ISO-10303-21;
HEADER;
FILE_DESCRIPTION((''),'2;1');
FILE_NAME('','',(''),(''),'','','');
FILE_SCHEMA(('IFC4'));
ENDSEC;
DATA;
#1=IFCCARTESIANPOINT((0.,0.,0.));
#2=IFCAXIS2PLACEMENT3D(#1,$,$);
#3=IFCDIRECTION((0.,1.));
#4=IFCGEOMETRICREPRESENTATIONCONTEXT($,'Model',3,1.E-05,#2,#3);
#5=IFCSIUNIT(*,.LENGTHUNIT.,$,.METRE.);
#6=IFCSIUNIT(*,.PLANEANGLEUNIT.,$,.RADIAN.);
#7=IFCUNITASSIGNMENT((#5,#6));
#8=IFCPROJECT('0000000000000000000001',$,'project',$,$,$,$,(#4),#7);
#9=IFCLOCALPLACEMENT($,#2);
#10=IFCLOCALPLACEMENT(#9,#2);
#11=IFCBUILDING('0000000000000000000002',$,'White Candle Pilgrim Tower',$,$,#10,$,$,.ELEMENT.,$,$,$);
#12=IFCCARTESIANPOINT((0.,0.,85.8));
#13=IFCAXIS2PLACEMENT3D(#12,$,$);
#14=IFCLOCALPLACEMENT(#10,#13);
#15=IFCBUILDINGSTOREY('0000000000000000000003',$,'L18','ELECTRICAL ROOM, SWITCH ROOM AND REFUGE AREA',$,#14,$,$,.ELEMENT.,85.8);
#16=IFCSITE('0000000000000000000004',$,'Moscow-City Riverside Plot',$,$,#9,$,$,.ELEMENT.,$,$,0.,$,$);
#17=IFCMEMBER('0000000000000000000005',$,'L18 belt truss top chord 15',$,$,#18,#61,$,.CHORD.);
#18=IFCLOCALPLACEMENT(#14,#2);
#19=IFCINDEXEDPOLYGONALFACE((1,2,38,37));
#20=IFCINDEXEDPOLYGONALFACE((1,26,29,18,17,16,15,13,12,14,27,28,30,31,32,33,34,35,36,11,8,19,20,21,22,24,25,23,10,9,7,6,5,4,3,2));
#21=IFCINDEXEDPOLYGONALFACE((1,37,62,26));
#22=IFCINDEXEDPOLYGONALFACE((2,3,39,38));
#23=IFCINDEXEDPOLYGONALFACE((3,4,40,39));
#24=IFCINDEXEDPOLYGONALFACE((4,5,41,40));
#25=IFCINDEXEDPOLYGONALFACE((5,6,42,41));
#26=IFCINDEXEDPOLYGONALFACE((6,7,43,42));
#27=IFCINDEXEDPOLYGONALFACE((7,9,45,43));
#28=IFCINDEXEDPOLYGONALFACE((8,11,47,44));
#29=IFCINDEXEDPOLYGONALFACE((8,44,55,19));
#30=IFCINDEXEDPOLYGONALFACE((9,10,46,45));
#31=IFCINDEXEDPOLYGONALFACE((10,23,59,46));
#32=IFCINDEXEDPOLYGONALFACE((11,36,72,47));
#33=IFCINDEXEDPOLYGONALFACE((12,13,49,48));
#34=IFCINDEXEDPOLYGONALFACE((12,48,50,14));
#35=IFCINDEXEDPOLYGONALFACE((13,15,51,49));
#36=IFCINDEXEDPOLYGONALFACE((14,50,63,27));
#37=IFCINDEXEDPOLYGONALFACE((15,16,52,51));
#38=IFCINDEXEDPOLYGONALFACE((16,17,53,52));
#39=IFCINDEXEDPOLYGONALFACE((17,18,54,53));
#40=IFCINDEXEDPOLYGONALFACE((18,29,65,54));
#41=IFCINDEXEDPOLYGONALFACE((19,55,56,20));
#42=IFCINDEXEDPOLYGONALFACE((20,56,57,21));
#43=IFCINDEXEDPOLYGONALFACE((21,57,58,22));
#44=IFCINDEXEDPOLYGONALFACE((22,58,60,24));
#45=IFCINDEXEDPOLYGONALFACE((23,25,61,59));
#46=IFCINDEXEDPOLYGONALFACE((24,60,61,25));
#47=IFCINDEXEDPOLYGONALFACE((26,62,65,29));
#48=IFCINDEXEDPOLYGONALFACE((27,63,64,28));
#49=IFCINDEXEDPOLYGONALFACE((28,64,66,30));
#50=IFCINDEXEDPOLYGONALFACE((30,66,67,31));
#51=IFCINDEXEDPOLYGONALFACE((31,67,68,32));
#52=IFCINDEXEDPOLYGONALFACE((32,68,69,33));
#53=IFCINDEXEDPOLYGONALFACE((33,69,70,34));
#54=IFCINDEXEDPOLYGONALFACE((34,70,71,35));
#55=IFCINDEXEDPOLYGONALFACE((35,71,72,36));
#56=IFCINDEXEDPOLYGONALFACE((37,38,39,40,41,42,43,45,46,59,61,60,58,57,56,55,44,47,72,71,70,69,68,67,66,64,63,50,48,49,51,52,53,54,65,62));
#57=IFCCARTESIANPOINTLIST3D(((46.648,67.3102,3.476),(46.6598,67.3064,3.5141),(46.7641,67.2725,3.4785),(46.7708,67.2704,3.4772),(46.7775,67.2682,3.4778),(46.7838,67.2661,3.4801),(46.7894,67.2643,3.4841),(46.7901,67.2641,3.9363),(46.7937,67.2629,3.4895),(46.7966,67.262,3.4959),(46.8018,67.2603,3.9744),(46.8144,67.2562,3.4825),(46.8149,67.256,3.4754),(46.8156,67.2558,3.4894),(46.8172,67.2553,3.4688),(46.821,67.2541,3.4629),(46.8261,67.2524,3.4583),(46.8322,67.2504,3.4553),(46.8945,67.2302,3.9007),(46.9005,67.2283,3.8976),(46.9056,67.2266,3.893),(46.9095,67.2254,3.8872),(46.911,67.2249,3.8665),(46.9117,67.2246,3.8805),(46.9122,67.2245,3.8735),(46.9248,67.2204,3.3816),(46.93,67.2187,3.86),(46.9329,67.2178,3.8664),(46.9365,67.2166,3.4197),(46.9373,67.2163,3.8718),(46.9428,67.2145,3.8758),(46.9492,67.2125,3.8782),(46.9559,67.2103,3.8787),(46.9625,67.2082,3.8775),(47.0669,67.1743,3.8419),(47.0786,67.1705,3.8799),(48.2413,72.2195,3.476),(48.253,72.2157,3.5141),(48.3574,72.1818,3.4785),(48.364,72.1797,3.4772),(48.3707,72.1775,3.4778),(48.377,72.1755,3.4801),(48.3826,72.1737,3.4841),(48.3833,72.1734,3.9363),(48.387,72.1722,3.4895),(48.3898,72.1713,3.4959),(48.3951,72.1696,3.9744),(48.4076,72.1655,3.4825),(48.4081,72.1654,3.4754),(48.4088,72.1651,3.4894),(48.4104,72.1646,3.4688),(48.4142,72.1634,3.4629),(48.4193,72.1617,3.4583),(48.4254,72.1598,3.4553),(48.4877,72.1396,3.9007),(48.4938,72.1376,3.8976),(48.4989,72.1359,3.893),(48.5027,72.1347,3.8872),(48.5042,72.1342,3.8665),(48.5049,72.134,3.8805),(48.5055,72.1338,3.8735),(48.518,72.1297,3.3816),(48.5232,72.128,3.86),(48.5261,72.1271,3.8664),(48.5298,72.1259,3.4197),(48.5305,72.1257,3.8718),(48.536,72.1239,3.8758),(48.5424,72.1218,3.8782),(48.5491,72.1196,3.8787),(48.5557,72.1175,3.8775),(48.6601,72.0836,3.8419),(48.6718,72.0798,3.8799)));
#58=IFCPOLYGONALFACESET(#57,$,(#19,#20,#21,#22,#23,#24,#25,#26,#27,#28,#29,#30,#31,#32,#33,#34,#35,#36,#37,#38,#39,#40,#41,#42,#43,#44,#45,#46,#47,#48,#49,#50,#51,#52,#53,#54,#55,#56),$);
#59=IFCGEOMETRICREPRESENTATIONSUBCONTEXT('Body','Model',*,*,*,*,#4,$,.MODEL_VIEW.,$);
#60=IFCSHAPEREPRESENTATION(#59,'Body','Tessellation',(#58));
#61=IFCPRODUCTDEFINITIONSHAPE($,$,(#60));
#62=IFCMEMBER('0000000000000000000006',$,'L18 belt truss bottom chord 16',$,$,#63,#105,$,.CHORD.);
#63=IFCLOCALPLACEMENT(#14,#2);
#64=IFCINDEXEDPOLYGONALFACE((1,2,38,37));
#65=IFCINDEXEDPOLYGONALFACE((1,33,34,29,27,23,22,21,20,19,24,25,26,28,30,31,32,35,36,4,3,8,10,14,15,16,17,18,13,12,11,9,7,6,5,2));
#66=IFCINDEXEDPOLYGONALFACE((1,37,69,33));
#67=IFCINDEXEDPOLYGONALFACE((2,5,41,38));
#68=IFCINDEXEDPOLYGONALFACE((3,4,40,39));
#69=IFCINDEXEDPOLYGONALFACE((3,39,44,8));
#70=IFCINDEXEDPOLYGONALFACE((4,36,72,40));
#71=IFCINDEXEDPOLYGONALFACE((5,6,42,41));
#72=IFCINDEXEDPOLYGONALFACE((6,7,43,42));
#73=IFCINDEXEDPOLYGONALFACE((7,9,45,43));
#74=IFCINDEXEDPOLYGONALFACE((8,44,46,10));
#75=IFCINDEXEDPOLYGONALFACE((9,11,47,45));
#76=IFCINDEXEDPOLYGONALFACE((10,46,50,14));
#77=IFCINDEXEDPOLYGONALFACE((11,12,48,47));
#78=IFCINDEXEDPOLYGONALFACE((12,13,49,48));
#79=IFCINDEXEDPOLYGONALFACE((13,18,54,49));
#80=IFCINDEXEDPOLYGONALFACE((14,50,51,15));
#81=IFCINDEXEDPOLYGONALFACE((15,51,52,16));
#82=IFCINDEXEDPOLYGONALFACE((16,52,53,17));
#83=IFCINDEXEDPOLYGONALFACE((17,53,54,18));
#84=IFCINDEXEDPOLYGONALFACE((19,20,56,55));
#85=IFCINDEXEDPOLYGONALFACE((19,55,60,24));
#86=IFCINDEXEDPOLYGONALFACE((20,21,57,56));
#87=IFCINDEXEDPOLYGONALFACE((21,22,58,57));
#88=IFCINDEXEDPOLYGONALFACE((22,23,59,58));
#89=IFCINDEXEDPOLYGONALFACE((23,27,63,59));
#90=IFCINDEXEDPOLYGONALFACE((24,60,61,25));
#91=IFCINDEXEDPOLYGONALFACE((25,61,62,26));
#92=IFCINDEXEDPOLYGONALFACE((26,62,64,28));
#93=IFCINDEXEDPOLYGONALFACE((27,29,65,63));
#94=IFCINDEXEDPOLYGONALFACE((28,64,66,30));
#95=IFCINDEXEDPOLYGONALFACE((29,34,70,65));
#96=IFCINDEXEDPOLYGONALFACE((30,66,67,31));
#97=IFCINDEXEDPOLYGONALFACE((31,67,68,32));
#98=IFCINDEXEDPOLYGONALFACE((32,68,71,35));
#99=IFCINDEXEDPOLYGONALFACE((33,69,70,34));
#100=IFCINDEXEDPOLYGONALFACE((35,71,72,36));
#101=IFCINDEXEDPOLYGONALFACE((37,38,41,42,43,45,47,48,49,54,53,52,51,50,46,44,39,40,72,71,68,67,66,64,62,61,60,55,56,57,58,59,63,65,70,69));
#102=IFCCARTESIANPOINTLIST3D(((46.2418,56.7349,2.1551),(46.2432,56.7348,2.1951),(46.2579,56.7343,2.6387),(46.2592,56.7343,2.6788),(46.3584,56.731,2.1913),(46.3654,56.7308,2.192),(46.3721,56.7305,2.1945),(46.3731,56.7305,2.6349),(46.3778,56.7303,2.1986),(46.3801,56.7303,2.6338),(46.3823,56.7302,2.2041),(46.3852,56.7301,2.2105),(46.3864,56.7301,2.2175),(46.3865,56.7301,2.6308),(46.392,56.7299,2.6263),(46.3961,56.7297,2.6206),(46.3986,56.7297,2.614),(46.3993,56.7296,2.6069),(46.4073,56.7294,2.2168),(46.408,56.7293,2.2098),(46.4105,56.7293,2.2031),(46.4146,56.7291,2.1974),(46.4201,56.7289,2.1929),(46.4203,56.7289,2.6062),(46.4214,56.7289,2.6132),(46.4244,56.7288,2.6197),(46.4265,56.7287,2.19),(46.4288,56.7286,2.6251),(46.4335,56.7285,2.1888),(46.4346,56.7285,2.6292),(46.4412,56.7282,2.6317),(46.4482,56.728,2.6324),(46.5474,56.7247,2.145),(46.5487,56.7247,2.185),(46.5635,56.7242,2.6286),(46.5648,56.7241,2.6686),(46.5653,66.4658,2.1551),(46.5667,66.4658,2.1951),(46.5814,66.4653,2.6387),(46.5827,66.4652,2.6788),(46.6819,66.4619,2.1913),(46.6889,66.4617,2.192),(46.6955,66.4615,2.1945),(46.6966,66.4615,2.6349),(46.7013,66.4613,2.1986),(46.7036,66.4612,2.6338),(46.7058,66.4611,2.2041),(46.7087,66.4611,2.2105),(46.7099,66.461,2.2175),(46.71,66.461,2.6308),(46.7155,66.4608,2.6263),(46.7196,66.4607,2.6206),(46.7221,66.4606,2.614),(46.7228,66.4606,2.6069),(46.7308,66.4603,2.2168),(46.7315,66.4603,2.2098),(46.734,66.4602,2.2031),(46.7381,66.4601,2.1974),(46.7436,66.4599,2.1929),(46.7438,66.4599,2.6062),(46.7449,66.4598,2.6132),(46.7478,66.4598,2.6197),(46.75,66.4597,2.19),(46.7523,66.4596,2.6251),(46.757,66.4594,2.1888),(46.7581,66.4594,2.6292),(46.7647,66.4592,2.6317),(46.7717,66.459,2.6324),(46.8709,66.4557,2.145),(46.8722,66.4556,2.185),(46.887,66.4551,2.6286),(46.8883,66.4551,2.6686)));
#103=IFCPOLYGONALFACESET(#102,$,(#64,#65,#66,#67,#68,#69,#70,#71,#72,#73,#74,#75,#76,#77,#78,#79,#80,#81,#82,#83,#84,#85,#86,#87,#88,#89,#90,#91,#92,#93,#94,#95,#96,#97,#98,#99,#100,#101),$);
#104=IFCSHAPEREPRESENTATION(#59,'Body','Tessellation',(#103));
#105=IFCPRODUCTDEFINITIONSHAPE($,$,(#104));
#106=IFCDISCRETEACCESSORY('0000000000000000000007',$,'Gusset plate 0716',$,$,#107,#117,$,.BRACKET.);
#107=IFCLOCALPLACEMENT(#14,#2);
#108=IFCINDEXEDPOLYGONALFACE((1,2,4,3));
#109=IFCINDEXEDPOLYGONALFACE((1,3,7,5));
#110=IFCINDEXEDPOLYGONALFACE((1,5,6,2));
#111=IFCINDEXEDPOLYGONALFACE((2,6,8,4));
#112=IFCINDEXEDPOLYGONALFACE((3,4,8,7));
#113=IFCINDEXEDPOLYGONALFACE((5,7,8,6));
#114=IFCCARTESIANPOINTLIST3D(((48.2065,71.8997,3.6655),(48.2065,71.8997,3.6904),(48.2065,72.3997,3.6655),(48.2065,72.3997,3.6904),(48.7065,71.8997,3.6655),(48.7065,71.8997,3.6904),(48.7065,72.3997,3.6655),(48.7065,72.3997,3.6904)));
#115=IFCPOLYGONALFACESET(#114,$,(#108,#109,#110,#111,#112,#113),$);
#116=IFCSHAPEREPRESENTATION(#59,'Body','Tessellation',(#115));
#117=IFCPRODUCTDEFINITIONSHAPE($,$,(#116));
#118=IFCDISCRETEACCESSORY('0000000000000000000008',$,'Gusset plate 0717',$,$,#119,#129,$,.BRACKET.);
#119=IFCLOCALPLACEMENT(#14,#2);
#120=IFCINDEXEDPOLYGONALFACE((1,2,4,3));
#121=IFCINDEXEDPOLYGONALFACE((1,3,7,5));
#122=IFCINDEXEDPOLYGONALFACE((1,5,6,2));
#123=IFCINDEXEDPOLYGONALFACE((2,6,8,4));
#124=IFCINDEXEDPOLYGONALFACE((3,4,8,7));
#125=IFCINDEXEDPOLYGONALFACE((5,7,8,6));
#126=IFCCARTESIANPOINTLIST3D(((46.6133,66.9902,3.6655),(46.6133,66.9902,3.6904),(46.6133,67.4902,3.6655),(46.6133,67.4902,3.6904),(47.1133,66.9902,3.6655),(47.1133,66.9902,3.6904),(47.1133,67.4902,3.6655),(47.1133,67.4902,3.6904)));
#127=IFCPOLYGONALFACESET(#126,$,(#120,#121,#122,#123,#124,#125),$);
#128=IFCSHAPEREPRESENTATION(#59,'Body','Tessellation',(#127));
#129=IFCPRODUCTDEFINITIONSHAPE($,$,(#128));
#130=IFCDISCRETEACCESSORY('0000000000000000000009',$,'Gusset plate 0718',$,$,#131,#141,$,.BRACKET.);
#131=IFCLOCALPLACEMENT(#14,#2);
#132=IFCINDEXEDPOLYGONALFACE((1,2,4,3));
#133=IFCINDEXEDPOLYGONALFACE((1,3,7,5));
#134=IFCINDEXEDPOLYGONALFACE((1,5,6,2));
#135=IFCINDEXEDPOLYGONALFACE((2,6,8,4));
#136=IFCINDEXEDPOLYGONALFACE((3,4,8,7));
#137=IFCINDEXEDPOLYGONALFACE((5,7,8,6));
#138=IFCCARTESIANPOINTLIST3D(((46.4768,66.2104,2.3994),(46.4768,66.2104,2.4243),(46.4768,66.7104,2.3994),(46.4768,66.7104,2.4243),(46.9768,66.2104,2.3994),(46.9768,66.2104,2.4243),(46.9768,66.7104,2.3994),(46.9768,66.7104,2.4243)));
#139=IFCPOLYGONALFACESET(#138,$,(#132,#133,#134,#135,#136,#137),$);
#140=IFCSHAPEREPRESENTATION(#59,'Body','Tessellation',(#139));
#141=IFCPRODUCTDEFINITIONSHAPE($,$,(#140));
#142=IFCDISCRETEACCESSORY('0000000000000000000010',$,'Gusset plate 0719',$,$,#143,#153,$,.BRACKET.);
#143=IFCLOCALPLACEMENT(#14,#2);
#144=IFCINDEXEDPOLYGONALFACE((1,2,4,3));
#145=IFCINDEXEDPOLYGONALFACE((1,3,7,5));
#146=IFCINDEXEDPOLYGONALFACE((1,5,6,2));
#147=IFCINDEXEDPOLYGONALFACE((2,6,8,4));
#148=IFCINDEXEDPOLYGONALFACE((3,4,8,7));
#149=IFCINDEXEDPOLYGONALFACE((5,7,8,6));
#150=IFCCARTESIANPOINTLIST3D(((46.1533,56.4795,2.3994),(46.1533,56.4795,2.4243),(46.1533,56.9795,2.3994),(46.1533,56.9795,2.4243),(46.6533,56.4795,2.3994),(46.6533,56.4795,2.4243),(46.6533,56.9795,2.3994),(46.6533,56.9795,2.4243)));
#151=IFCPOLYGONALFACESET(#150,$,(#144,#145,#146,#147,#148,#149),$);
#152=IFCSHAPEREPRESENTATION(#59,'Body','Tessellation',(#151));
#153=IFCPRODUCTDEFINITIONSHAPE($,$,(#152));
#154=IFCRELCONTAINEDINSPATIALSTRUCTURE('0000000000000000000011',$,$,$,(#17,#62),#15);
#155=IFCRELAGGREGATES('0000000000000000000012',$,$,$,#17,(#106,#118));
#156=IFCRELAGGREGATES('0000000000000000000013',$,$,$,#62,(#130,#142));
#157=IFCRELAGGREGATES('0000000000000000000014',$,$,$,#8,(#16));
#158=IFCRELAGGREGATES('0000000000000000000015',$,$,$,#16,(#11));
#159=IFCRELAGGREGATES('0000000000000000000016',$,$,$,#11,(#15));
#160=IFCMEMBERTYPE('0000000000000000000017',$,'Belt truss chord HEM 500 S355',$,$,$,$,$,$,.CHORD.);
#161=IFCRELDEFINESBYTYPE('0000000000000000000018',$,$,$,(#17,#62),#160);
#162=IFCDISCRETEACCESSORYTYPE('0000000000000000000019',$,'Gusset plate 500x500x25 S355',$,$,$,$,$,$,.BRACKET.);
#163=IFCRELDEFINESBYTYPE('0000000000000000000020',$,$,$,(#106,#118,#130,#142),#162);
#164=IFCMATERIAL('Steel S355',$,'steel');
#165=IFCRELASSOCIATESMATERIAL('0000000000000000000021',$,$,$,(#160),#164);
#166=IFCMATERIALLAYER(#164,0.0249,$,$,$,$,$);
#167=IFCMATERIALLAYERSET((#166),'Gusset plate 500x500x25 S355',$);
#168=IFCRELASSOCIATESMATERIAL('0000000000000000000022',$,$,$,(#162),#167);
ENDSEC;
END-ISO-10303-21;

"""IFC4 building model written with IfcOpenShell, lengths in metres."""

from ifc_helpers import new_model, si_unit, direction, frame, origin, origin_2d, place, context, subcontext, project, spatial, rectangle, i_section, extrude, material, layer, layer_set, material_profile, profile_set, type_object, element, aggregate, save


model = new_model("IFC4")

# Units and contexts
model_context = context("Model", 3, precision=1e-05, world=origin(), true_north=direction((0.0, 1.0)))
body_context = subcontext(model_context, "Body", "Model", "MODEL_VIEW")
ifc_project = project(units=[si_unit("LENGTHUNIT", "METRE"), si_unit("PLANEANGLEUNIT", "RADIAN")], contexts=[model_context])

# Site, building, storey
site_placement = place(None, origin())
site = spatial("IfcSite", under=ifc_project, at=site_placement, Name="Moscow-City Riverside Plot", CompositionType="ELEMENT", RefElevation=0.0)
building_placement = place(site_placement, origin())
building = spatial("IfcBuilding", under=site, at=building_placement, Name="White Candle Pilgrim Tower", CompositionType="ELEMENT")
storey_placement = place(building_placement, frame((0.0, 0.0, 85.8)))
storey = spatial("IfcBuildingStorey", under=building, at=storey_placement, Name="L18", Description="ELECTRICAL ROOM, SWITCH ROOM AND REFUGE AREA", CompositionType="ELEMENT", Elevation=85.8)

# Members
ifc_material_1 = material(Name="Steel S355", Category="steel")
ifc_material_profile_1 = material_profile(ifc_material_1, i_section(OverallWidth=0.3059, OverallDepth=0.5239, WebThickness=0.021, FlangeThickness=0.04, FilletRadius=0.0271, at=origin_2d()), Name="HEM 500")
ifc_profile_set_1 = profile_set([ifc_material_profile_1], Name="Steel S355")
member_type_1 = type_object("IfcMemberType", Name="Belt truss chord HEM 500 S355", PredefinedType="CHORD", material=ifc_profile_set_1)
member_1_placement = place(storey_placement, frame((48.4565, 72.1497, 3.678), z_axis=(-0.308683, -0.951165, 0.0), x_axis=(0.904718, -0.293609, -0.308673)))
member_1 = element("IfcMember", 1, at=member_1_placement, inside=storey, type_object=member_type_1, Name="L18 belt truss top chord 15", PredefinedType="CHORD", context=body_context, shape_type="SweptSolid", body=[
    extrude(i_section(OverallWidth=0.3059, OverallDepth=0.5239, WebThickness=0.021, FlangeThickness=0.04, FilletRadius=0.0271, at=origin_2d()), origin(), (0.0, 0.0, 1.0), 5.1614),
])
member_2_placement = place(storey_placement, frame((46.7268, 66.4604, 2.4119), z_axis=(-0.033225, -0.999448, 0.0), x_axis=(0.998896, -0.033206, -0.033216)))
member_2 = element("IfcMember", 2, at=member_2_placement, inside=storey, type_object=member_type_1, Name="L18 belt truss bottom chord 16", PredefinedType="CHORD", context=body_context, shape_type="SweptSolid", body=[
    extrude(i_section(OverallWidth=0.3059, OverallDepth=0.5239, WebThickness=0.021, FlangeThickness=0.04, FilletRadius=0.0271, at=origin_2d()), origin(), (0.0, 0.0, 1.0), 9.7363),
])

# Discrete accessories
ifc_layer_1 = layer(ifc_material_1, 0.0249)
ifc_layer_set_1 = layer_set([ifc_layer_1], Name="Gusset plate 500x500x25 S355")
discrete_accessory_type = type_object("IfcDiscreteAccessoryType", Name="Gusset plate 500x500x25 S355", PredefinedType="BRACKET", material=ifc_layer_set_1)
discrete_accessory_1_placement = place(storey_placement, frame((48.4565, 72.1497, 3.6655), z_axis=(0.0, 0.0, 1.0), x_axis=(1.0, 0.0, 0.0)))
discrete_accessory_1 = element("IfcDiscreteAccessory", 3, at=discrete_accessory_1_placement, type_object=discrete_accessory_type, Name="Gusset plate 0716", PredefinedType="BRACKET", context=body_context, shape_type="SweptSolid", body=[
    extrude(rectangle(XDim=0.5, YDim=0.5, at=origin_2d()), origin(), (0.0, 0.0, 1.0), 0.0249),
])
discrete_accessory_2_placement = place(storey_placement, frame((46.8633, 67.2402, 3.6655), z_axis=(0.0, 0.0, 1.0), x_axis=(1.0, 0.0, 0.0)))
discrete_accessory_2 = element("IfcDiscreteAccessory", 4, at=discrete_accessory_2_placement, type_object=discrete_accessory_type, Name="Gusset plate 0717", PredefinedType="BRACKET", context=body_context, shape_type="SweptSolid", body=[
    extrude(rectangle(XDim=0.5, YDim=0.5, at=origin_2d()), origin(), (0.0, 0.0, 1.0), 0.0249),
])
aggregate(member_1, [discrete_accessory_1, discrete_accessory_2])
discrete_accessory_3_placement = place(storey_placement, frame((46.7268, 66.4604, 2.3994), z_axis=(0.0, 0.0, 1.0), x_axis=(1.0, 0.0, 0.0)))
discrete_accessory_3 = element("IfcDiscreteAccessory", 5, at=discrete_accessory_3_placement, type_object=discrete_accessory_type, Name="Gusset plate 0718", PredefinedType="BRACKET", context=body_context, shape_type="SweptSolid", body=[
    extrude(rectangle(XDim=0.5, YDim=0.5, at=origin_2d()), origin(), (0.0, 0.0, 1.0), 0.0249),
])
discrete_accessory_4_placement = place(storey_placement, frame((46.4033, 56.7295, 2.3994), z_axis=(0.0, 0.0, 1.0), x_axis=(1.0, 0.0, 0.0)))
discrete_accessory_4 = element("IfcDiscreteAccessory", 6, at=discrete_accessory_4_placement, type_object=discrete_accessory_type, Name="Gusset plate 0719", PredefinedType="BRACKET", context=body_context, shape_type="SweptSolid", body=[
    extrude(rectangle(XDim=0.5, YDim=0.5, at=origin_2d()), origin(), (0.0, 0.0, 1.0), 0.0249),
])
aggregate(member_2, [discrete_accessory_3, discrete_accessory_4])

save(model, "model.ifc")
